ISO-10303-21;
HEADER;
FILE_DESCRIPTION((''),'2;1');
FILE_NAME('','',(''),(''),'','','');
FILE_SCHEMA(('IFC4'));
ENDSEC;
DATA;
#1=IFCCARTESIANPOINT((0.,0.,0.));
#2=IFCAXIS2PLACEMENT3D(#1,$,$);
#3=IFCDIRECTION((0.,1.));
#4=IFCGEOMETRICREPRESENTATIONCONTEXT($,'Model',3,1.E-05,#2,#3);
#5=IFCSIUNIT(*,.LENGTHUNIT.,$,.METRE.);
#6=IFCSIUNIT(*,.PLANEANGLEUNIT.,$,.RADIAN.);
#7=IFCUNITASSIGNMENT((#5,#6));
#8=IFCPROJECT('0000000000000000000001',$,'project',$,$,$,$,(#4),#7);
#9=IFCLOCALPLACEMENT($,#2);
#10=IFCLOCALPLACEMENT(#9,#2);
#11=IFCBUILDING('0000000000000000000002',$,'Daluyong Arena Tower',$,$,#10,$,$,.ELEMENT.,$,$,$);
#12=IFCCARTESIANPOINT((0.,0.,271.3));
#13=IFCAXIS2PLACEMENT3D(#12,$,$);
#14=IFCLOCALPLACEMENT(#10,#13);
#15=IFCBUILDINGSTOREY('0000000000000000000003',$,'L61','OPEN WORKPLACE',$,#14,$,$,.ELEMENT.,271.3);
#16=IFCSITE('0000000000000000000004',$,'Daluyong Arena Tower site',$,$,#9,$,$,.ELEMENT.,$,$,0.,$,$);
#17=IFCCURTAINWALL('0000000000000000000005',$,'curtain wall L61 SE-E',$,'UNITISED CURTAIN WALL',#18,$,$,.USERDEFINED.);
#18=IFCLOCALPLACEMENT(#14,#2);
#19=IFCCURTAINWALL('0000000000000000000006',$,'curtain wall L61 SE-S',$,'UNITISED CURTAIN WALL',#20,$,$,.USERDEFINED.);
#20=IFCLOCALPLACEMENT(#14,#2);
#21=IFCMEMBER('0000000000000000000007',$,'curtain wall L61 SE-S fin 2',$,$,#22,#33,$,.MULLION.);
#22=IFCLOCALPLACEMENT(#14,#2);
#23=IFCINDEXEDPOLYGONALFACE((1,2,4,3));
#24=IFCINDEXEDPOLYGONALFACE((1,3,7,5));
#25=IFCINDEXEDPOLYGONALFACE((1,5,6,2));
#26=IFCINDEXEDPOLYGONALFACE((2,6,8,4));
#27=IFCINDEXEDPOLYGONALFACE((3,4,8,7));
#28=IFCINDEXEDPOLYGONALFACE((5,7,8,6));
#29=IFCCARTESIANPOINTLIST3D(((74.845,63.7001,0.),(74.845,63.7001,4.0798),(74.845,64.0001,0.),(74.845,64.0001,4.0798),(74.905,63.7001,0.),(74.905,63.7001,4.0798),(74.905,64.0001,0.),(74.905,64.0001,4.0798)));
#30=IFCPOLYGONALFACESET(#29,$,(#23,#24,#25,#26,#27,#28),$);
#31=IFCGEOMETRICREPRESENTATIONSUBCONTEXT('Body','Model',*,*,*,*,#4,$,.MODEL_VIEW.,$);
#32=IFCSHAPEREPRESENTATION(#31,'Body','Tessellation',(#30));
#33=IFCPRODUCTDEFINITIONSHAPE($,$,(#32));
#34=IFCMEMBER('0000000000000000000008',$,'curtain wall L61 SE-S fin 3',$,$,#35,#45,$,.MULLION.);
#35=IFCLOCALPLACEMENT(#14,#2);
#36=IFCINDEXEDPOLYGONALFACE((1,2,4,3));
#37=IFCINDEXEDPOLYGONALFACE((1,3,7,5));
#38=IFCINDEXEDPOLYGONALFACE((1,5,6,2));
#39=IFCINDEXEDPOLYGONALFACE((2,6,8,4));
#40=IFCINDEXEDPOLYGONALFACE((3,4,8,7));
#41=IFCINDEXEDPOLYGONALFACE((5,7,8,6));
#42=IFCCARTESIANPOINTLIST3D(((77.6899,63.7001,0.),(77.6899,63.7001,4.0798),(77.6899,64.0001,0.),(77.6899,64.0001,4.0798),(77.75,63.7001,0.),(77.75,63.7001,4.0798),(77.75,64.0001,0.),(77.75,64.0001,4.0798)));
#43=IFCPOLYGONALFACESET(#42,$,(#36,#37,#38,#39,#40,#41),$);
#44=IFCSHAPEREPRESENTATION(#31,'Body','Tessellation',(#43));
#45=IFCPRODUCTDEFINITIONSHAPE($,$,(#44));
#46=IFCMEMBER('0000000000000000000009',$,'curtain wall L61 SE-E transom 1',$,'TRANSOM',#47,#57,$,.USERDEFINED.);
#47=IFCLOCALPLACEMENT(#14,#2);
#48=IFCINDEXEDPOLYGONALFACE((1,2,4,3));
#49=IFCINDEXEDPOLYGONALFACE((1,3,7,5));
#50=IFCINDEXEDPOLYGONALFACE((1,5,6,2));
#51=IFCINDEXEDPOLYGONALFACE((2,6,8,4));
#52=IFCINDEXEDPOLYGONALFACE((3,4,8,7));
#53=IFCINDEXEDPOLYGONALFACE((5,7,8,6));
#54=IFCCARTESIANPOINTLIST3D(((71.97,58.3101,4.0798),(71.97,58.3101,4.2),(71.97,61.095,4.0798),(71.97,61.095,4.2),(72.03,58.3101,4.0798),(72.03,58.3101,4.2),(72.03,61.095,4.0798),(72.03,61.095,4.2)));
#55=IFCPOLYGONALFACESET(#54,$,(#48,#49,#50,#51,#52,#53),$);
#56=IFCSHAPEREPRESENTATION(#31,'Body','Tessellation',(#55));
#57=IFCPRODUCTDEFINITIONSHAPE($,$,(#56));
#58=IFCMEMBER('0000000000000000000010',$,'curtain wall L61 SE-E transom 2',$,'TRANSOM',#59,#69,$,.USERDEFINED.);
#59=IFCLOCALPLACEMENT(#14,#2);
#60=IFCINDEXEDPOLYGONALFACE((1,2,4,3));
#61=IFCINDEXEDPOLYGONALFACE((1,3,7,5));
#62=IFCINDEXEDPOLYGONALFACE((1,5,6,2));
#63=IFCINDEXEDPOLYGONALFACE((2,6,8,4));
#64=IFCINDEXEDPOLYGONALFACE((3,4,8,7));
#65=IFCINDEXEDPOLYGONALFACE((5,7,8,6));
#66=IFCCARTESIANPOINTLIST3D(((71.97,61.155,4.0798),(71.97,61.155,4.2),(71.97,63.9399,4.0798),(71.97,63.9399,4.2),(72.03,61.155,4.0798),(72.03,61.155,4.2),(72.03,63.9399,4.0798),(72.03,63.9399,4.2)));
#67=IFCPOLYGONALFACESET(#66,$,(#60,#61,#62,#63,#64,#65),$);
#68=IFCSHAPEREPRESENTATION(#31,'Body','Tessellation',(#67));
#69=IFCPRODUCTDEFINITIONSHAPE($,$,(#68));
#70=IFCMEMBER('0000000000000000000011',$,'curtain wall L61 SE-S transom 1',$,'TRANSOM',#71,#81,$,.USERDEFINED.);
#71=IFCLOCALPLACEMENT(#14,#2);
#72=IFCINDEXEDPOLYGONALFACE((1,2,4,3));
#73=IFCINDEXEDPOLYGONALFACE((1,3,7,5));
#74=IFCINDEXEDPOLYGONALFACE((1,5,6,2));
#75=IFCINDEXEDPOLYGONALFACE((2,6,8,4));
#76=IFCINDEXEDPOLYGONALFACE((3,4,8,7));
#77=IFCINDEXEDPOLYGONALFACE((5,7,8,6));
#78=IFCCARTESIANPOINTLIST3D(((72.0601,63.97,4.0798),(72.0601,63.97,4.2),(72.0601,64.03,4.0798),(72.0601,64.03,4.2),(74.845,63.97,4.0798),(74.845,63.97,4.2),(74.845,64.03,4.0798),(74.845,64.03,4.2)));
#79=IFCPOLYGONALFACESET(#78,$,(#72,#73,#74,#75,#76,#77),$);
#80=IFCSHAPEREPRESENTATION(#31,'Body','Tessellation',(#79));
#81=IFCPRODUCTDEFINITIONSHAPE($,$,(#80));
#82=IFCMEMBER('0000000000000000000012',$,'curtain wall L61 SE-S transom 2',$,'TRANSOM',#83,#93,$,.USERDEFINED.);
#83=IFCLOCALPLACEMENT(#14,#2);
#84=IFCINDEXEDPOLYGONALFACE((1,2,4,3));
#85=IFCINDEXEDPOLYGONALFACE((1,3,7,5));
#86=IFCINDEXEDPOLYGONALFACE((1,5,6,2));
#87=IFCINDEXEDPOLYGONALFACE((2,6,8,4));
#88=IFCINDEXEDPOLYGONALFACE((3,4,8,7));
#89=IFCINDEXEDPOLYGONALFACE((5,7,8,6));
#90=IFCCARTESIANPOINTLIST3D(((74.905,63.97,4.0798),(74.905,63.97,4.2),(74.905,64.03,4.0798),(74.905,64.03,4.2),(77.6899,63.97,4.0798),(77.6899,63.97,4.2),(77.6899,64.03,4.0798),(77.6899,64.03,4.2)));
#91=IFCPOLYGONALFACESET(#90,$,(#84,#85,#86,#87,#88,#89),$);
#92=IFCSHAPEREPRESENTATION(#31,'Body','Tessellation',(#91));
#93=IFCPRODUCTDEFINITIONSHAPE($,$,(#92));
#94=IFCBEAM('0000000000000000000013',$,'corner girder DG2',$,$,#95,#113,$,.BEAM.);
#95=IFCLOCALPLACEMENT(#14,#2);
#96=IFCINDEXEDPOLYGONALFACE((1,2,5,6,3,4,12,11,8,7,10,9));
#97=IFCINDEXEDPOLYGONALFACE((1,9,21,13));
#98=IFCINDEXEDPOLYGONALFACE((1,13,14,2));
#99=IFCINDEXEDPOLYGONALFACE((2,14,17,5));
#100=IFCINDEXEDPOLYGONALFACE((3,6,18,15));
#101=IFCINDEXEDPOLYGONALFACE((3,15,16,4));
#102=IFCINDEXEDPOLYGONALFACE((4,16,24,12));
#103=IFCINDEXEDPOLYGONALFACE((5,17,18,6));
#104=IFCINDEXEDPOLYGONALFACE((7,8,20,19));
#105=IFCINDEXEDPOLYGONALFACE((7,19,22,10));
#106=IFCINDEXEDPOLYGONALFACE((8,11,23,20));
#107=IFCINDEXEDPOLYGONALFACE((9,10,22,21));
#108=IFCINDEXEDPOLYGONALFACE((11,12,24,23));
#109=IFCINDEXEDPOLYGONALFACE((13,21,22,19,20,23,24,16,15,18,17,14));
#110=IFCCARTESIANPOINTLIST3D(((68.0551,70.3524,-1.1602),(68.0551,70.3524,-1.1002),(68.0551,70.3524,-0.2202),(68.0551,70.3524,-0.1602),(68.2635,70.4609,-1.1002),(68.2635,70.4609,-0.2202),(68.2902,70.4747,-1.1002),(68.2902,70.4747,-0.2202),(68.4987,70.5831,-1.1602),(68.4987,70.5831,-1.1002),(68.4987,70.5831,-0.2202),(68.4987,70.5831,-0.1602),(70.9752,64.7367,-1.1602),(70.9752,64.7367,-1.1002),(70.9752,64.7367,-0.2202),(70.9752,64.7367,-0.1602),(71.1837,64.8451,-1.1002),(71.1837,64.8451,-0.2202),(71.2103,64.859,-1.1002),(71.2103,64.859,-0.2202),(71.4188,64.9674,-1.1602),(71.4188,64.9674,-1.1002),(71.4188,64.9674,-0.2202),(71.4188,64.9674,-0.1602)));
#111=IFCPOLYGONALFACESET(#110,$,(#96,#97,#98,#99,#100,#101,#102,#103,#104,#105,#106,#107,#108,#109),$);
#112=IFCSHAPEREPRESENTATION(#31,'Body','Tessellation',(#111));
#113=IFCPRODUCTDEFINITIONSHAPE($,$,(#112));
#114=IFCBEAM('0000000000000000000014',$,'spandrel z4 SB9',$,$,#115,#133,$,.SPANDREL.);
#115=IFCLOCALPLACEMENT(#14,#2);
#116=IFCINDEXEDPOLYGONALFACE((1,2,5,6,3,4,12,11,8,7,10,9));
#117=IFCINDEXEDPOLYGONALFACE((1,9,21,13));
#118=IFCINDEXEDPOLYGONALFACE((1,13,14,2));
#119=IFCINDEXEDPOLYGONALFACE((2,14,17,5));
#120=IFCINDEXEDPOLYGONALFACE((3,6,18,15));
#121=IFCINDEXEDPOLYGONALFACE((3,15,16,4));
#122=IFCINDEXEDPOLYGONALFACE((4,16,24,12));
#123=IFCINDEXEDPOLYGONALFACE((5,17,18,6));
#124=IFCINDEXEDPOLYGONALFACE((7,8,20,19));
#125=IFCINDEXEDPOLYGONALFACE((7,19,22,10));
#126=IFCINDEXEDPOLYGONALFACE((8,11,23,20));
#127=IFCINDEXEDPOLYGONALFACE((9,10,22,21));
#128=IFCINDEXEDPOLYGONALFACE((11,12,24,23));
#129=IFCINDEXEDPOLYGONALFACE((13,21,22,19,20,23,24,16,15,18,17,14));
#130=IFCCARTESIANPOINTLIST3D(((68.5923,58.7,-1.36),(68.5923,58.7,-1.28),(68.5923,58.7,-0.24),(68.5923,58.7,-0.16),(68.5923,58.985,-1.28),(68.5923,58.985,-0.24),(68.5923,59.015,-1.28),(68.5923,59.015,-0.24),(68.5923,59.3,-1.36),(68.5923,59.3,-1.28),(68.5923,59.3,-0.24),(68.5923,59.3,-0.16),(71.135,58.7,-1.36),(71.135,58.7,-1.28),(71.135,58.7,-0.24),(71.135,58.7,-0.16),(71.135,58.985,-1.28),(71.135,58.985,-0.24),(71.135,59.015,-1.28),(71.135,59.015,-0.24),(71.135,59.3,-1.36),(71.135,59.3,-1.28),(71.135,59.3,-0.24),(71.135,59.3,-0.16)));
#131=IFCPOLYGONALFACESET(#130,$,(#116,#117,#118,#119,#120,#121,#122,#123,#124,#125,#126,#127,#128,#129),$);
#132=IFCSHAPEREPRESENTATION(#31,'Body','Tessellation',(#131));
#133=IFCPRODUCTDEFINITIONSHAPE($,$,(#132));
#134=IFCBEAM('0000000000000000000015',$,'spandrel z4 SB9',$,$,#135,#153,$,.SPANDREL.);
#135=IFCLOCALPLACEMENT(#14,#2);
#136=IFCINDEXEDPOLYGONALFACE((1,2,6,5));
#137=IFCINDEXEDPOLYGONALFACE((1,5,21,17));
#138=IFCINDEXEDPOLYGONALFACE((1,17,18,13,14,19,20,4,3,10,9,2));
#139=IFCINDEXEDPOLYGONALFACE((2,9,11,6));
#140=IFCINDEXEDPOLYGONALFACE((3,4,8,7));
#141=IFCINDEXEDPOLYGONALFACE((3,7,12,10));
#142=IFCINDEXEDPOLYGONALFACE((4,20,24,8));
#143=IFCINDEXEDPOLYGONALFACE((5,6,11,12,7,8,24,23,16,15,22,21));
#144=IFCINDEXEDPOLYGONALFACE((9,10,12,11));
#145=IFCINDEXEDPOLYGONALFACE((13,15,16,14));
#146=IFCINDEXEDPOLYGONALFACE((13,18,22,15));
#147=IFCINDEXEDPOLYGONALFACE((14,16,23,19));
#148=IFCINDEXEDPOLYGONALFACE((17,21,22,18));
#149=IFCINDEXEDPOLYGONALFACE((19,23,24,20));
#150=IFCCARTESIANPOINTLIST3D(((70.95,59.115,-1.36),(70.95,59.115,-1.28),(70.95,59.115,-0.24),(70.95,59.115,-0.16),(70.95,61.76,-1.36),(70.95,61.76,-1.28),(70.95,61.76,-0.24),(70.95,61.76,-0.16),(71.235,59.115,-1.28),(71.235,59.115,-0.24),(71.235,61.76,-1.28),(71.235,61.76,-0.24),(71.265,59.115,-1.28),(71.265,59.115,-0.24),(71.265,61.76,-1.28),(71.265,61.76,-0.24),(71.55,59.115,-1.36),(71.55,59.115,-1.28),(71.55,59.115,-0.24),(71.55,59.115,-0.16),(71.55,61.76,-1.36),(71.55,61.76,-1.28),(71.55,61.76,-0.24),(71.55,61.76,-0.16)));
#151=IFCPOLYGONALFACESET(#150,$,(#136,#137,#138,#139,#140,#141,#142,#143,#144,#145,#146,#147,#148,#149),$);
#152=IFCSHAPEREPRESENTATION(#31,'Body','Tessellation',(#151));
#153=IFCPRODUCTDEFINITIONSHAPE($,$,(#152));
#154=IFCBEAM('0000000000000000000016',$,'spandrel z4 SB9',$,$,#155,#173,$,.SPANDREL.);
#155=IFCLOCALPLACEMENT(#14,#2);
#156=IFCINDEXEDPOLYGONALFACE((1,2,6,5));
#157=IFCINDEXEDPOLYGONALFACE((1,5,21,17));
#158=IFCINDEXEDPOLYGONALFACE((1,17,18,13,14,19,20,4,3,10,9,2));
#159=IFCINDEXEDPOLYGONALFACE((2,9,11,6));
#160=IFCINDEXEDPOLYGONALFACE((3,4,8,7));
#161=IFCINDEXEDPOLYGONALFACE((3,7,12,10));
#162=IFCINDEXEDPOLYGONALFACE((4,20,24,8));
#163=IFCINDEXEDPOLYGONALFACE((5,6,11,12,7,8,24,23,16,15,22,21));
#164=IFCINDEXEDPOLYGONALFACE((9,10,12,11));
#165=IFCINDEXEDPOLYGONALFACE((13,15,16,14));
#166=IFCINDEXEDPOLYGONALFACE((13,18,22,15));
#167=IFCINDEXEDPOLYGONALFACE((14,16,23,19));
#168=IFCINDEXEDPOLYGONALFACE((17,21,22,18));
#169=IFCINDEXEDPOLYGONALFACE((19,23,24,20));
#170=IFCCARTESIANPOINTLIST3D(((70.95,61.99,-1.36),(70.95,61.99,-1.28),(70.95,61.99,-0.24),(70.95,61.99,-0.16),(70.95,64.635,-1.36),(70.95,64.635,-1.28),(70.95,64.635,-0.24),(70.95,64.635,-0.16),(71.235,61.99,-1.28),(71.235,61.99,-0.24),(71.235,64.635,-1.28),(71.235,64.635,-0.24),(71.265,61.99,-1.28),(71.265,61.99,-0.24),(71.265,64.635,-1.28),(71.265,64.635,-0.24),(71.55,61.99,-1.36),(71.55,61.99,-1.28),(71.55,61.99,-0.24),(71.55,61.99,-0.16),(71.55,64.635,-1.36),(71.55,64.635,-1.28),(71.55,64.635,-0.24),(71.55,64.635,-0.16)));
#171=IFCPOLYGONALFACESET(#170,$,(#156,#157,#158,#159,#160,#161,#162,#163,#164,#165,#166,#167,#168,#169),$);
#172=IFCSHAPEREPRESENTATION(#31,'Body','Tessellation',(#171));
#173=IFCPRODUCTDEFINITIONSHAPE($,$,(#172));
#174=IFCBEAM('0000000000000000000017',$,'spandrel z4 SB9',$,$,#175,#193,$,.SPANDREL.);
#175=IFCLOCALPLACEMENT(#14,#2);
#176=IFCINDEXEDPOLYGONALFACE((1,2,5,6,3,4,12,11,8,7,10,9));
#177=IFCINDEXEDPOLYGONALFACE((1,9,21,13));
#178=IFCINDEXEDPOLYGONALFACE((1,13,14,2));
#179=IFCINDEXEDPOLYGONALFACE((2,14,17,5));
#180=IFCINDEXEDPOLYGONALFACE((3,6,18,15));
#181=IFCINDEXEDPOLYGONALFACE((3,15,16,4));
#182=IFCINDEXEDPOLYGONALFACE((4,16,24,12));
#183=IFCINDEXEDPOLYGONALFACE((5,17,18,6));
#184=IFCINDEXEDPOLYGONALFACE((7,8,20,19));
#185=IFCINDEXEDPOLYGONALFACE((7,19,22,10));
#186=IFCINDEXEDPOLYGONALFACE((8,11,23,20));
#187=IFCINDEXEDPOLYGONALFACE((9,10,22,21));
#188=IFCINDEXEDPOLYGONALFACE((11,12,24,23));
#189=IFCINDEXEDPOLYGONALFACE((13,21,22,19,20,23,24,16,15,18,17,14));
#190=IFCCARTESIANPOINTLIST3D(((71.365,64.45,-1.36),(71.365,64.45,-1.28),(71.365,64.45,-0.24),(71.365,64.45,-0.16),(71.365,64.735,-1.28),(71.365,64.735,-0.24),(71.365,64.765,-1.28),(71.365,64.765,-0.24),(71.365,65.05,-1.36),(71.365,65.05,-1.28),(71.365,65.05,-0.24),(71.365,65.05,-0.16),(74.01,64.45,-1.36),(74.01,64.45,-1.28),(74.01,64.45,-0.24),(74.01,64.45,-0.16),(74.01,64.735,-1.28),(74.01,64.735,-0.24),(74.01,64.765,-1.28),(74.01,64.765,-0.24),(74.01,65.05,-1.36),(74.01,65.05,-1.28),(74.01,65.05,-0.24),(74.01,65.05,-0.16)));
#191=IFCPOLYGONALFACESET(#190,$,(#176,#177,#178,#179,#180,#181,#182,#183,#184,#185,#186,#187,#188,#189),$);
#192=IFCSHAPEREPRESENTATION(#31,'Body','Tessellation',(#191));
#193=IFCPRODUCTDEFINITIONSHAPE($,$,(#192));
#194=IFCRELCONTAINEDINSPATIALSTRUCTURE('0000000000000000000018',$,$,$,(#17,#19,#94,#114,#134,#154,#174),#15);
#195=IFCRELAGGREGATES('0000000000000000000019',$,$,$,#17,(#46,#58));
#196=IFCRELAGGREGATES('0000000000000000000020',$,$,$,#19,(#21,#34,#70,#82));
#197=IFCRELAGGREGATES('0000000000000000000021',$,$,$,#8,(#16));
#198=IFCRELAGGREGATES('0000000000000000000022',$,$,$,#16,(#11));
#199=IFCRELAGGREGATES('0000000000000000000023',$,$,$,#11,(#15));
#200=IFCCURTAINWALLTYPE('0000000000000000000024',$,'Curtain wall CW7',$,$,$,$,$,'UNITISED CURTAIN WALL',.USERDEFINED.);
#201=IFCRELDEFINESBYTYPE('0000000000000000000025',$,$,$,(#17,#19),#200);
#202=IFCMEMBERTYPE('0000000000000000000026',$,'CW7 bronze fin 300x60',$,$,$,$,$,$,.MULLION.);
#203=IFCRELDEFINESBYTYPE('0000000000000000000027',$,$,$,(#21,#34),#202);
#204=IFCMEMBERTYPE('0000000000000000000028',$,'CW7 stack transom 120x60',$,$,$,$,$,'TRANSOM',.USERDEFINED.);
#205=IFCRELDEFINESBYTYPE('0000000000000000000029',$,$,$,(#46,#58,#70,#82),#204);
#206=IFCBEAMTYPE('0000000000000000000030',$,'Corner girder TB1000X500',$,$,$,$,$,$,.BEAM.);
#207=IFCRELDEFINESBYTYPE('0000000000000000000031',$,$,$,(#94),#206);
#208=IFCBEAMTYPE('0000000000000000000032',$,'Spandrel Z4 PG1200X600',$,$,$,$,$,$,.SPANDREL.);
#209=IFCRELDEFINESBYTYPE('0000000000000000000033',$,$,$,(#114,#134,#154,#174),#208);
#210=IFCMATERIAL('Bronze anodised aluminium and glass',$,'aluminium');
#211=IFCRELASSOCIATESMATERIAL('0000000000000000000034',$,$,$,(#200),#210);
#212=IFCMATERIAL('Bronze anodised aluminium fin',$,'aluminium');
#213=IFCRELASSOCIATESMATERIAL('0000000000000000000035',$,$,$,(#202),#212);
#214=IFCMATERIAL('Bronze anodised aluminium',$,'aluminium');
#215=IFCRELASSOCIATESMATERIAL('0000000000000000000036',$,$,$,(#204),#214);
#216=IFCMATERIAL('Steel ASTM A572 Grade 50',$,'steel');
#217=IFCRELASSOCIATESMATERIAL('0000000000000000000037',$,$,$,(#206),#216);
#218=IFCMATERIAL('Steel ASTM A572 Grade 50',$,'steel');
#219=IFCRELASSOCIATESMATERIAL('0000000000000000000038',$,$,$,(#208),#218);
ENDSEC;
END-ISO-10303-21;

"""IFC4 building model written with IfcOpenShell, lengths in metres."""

from ifc_helpers import new_model, si_unit, direction, frame, origin, origin_2d, place, context, subcontext, project, spatial, rectangle, i_section, extrude, material, material_profile, profile_set, type_object, element, aggregate, save


model = new_model("IFC4")

# Units and contexts
model_context = context("Model", 3, precision=1e-05, world=origin(), true_north=direction((0.0, 1.0)))
body_context = subcontext(model_context, "Body", "Model", "MODEL_VIEW")
ifc_project = project(units=[si_unit("LENGTHUNIT", "METRE"), si_unit("PLANEANGLEUNIT", "RADIAN")], contexts=[model_context])

# Site, building, storey
site_placement = place(None, origin())
site = spatial("IfcSite", under=ifc_project, at=site_placement, Name="Daluyong Arena Tower site", CompositionType="ELEMENT", RefElevation=0.0)
building_placement = place(site_placement, origin())
building = spatial("IfcBuilding", under=site, at=building_placement, Name="Daluyong Arena Tower", CompositionType="ELEMENT")
storey_placement = place(building_placement, frame((0.0, 0.0, 271.3)))
storey = spatial("IfcBuildingStorey", under=building, at=storey_placement, Name="L61", Description="OPEN WORKPLACE", CompositionType="ELEMENT", Elevation=271.3)

# Curtain walls, members
ifc_material_1 = material(Name="Bronze anodised aluminium and glass", Category="aluminium")
curtain_wall_type_1 = type_object("IfcCurtainWallType", Name="Curtain wall CW7", ElementType="UNITISED CURTAIN WALL", PredefinedType="USERDEFINED", material=ifc_material_1)
curtain_wall_1_placement = place(storey_placement, origin())
curtain_wall_1 = element("IfcCurtainWall", 1, at=curtain_wall_1_placement, inside=storey, type_object=curtain_wall_type_1, Name="curtain wall L61 SE-E", ObjectType="UNITISED CURTAIN WALL", PredefinedType="USERDEFINED")
ifc_material_2 = material(Name="Bronze anodised aluminium fin", Category="aluminium")
ifc_material_profile_1 = material_profile(ifc_material_2, rectangle(XDim=0.3, YDim=0.0601, at=origin_2d()))
ifc_profile_set_1 = profile_set([ifc_material_profile_1], Name="Bronze anodised aluminium fin")
member_type_1 = type_object("IfcMemberType", Name="CW7 bronze fin 300x60", PredefinedType="MULLION", material=ifc_profile_set_1)
curtain_wall_2_placement = place(storey_placement, origin())
curtain_wall_2 = element("IfcCurtainWall", 2, at=curtain_wall_2_placement, inside=storey, type_object=curtain_wall_type_1, Name="curtain wall L61 SE-S", ObjectType="UNITISED CURTAIN WALL", PredefinedType="USERDEFINED")
member_1_placement = place(storey_placement, frame((74.875, 63.8501, 0.0), z_axis=(0.0, 0.0, 1.0), x_axis=(0.0, 1.0, 0.0)))
member_1 = element("IfcMember", 3, at=member_1_placement, type_object=member_type_1, Name="curtain wall L61 SE-S fin 2", PredefinedType="MULLION", context=body_context, shape_type="SweptSolid", body=[
    extrude(rectangle(XDim=0.3, YDim=0.0601, at=origin_2d()), origin(), (0.0, 0.0, 1.0), 4.0798),
])
member_2_placement = place(storey_placement, frame((77.72, 63.8501, 0.0), z_axis=(0.0, 0.0, 1.0), x_axis=(0.0, 1.0, 0.0)))
member_2 = element("IfcMember", 4, at=member_2_placement, type_object=member_type_1, Name="curtain wall L61 SE-S fin 3", PredefinedType="MULLION", context=body_context, shape_type="SweptSolid", body=[
    extrude(rectangle(XDim=0.3, YDim=0.0601, at=origin_2d()), origin(), (0.0, 0.0, 1.0), 4.0798),
])

# Members
ifc_material_3 = material(Name="Bronze anodised aluminium", Category="aluminium")
ifc_material_profile_2 = material_profile(ifc_material_3, rectangle(XDim=0.0601, YDim=0.1201, at=origin_2d()))
ifc_profile_set_2 = profile_set([ifc_material_profile_2], Name="Bronze anodised aluminium")
member_type_2 = type_object("IfcMemberType", Name="CW7 stack transom 120x60", ElementType="TRANSOM", PredefinedType="USERDEFINED", material=ifc_profile_set_2)
member_3_placement = place(storey_placement, frame((72.0, 58.3101, 4.1399), z_axis=(0.0, 1.0, 0.0), x_axis=(-1.0, 0.0, 0.0)))
member_3 = element("IfcMember", 5, at=member_3_placement, type_object=member_type_2, Name="curtain wall L61 SE-E transom 1", ObjectType="TRANSOM", PredefinedType="USERDEFINED", context=body_context, shape_type="SweptSolid", body=[
    extrude(rectangle(XDim=0.0601, YDim=0.1201, at=origin_2d()), origin(), (0.0, 0.0, 1.0), 2.7849),
])
member_4_placement = place(storey_placement, frame((72.0, 61.155, 4.1399), z_axis=(0.0, 1.0, 0.0), x_axis=(-1.0, 0.0, 0.0)))
member_4 = element("IfcMember", 6, at=member_4_placement, type_object=member_type_2, Name="curtain wall L61 SE-E transom 2", ObjectType="TRANSOM", PredefinedType="USERDEFINED", context=body_context, shape_type="SweptSolid", body=[
    extrude(rectangle(XDim=0.0601, YDim=0.1201, at=origin_2d()), origin(), (0.0, 0.0, 1.0), 2.7849),
])
member_5_placement = place(storey_placement, frame((72.0601, 64.0, 4.1399), z_axis=(1.0, 0.0, 0.0), x_axis=(0.0, 1.0, 0.0)))
member_5 = element("IfcMember", 7, at=member_5_placement, type_object=member_type_2, Name="curtain wall L61 SE-S transom 1", ObjectType="TRANSOM", PredefinedType="USERDEFINED", context=body_context, shape_type="SweptSolid", body=[
    extrude(rectangle(XDim=0.0601, YDim=0.1201, at=origin_2d()), origin(), (0.0, 0.0, 1.0), 2.7849),
])
member_6_placement = place(storey_placement, frame((74.905, 64.0, 4.1399), z_axis=(1.0, 0.0, 0.0), x_axis=(0.0, 1.0, 0.0)))
member_6 = element("IfcMember", 8, at=member_6_placement, type_object=member_type_2, Name="curtain wall L61 SE-S transom 2", ObjectType="TRANSOM", PredefinedType="USERDEFINED", context=body_context, shape_type="SweptSolid", body=[
    extrude(rectangle(XDim=0.0601, YDim=0.1201, at=origin_2d()), origin(), (0.0, 0.0, 1.0), 2.7849),
])

# Beams
ifc_material_4 = material(Name="Steel ASTM A572 Grade 50", Category="steel")
ifc_material_profile_3 = material_profile(ifc_material_4, i_section(OverallWidth=0.5, OverallDepth=1.0, WebThickness=0.03, FlangeThickness=0.06, at=origin_2d()))
ifc_profile_set_3 = profile_set([ifc_material_profile_3], Name="Steel ASTM A572 Grade 50")
beam_type_1 = type_object("IfcBeamType", Name="Corner girder TB1000X500", PredefinedType="BEAM", material=ifc_profile_set_3)
beam_1_placement = place(storey_placement, frame((71.197, 64.8521, -0.6602), z_axis=(-0.461352, 0.887217, 0.0), x_axis=(-0.887217, -0.461352, 0.0)))
element("IfcBeam", 9, at=beam_1_placement, inside=storey, type_object=beam_type_1, Name="corner girder DG2", PredefinedType="BEAM", context=body_context, shape_type="SweptSolid", body=[
    extrude(i_section(OverallWidth=0.5, OverallDepth=1.0, WebThickness=0.03, FlangeThickness=0.06, at=origin_2d()), origin(), (0.0, 0.0, 1.0), 6.3296),
])
ifc_material_5 = material(Name="Steel ASTM A572 Grade 50", Category="steel")
ifc_material_profile_4 = material_profile(ifc_material_5, i_section(OverallWidth=0.6001, OverallDepth=1.2, WebThickness=0.03, FlangeThickness=0.08, at=origin_2d()))
ifc_profile_set_4 = profile_set([ifc_material_profile_4], Name="Steel ASTM A572 Grade 50")
beam_type_2 = type_object("IfcBeamType", Name="Spandrel Z4 PG1200X600", PredefinedType="SPANDREL", material=ifc_profile_set_4)
beam_2_placement = place(storey_placement, frame((68.5923, 59.0, -0.76), z_axis=(1.0, 0.0, 0.0), x_axis=(0.0, 1.0, 0.0)))
element("IfcBeam", 10, at=beam_2_placement, inside=storey, type_object=beam_type_2, Name="spandrel z4 SB9", PredefinedType="SPANDREL", context=body_context, shape_type="SweptSolid", body=[
    extrude(i_section(OverallWidth=0.6001, OverallDepth=1.2, WebThickness=0.03, FlangeThickness=0.08, at=origin_2d()), origin(), (0.0, 0.0, 1.0), 2.5427),
])
for number, where, z_axis, x_axis, name in (
    (11, (71.25, 59.115, -0.76), (0.0, 1.0, 0.0), (-1.0, 0.0, 0.0), "spandrel z4 SB9"),
    (12, (71.25, 61.99, -0.76), (0.0, 1.0, 0.0), (-1.0, 0.0, 0.0), "spandrel z4 SB9"),
    (13, (71.365, 64.75, -0.76), (1.0, 0.0, 0.0), (0.0, 1.0, 0.0), "spandrel z4 SB9"),
):
    element("IfcBeam", number, at=place(storey_placement, frame(where, z_axis=z_axis, x_axis=x_axis)), inside=storey, type_object=beam_type_2, Name=name, PredefinedType="SPANDREL", context=body_context, shape_type="SweptSolid", body=[
        extrude(i_section(OverallWidth=0.6001, OverallDepth=1.2, WebThickness=0.03, FlangeThickness=0.08, at=origin_2d()), origin(), (0.0, 0.0, 1.0), 2.645),
    ])

aggregate(curtain_wall_1, [member_3, member_4])
aggregate(curtain_wall_2, [member_1, member_2, member_5, member_6])

save(model, "model.ifc")
